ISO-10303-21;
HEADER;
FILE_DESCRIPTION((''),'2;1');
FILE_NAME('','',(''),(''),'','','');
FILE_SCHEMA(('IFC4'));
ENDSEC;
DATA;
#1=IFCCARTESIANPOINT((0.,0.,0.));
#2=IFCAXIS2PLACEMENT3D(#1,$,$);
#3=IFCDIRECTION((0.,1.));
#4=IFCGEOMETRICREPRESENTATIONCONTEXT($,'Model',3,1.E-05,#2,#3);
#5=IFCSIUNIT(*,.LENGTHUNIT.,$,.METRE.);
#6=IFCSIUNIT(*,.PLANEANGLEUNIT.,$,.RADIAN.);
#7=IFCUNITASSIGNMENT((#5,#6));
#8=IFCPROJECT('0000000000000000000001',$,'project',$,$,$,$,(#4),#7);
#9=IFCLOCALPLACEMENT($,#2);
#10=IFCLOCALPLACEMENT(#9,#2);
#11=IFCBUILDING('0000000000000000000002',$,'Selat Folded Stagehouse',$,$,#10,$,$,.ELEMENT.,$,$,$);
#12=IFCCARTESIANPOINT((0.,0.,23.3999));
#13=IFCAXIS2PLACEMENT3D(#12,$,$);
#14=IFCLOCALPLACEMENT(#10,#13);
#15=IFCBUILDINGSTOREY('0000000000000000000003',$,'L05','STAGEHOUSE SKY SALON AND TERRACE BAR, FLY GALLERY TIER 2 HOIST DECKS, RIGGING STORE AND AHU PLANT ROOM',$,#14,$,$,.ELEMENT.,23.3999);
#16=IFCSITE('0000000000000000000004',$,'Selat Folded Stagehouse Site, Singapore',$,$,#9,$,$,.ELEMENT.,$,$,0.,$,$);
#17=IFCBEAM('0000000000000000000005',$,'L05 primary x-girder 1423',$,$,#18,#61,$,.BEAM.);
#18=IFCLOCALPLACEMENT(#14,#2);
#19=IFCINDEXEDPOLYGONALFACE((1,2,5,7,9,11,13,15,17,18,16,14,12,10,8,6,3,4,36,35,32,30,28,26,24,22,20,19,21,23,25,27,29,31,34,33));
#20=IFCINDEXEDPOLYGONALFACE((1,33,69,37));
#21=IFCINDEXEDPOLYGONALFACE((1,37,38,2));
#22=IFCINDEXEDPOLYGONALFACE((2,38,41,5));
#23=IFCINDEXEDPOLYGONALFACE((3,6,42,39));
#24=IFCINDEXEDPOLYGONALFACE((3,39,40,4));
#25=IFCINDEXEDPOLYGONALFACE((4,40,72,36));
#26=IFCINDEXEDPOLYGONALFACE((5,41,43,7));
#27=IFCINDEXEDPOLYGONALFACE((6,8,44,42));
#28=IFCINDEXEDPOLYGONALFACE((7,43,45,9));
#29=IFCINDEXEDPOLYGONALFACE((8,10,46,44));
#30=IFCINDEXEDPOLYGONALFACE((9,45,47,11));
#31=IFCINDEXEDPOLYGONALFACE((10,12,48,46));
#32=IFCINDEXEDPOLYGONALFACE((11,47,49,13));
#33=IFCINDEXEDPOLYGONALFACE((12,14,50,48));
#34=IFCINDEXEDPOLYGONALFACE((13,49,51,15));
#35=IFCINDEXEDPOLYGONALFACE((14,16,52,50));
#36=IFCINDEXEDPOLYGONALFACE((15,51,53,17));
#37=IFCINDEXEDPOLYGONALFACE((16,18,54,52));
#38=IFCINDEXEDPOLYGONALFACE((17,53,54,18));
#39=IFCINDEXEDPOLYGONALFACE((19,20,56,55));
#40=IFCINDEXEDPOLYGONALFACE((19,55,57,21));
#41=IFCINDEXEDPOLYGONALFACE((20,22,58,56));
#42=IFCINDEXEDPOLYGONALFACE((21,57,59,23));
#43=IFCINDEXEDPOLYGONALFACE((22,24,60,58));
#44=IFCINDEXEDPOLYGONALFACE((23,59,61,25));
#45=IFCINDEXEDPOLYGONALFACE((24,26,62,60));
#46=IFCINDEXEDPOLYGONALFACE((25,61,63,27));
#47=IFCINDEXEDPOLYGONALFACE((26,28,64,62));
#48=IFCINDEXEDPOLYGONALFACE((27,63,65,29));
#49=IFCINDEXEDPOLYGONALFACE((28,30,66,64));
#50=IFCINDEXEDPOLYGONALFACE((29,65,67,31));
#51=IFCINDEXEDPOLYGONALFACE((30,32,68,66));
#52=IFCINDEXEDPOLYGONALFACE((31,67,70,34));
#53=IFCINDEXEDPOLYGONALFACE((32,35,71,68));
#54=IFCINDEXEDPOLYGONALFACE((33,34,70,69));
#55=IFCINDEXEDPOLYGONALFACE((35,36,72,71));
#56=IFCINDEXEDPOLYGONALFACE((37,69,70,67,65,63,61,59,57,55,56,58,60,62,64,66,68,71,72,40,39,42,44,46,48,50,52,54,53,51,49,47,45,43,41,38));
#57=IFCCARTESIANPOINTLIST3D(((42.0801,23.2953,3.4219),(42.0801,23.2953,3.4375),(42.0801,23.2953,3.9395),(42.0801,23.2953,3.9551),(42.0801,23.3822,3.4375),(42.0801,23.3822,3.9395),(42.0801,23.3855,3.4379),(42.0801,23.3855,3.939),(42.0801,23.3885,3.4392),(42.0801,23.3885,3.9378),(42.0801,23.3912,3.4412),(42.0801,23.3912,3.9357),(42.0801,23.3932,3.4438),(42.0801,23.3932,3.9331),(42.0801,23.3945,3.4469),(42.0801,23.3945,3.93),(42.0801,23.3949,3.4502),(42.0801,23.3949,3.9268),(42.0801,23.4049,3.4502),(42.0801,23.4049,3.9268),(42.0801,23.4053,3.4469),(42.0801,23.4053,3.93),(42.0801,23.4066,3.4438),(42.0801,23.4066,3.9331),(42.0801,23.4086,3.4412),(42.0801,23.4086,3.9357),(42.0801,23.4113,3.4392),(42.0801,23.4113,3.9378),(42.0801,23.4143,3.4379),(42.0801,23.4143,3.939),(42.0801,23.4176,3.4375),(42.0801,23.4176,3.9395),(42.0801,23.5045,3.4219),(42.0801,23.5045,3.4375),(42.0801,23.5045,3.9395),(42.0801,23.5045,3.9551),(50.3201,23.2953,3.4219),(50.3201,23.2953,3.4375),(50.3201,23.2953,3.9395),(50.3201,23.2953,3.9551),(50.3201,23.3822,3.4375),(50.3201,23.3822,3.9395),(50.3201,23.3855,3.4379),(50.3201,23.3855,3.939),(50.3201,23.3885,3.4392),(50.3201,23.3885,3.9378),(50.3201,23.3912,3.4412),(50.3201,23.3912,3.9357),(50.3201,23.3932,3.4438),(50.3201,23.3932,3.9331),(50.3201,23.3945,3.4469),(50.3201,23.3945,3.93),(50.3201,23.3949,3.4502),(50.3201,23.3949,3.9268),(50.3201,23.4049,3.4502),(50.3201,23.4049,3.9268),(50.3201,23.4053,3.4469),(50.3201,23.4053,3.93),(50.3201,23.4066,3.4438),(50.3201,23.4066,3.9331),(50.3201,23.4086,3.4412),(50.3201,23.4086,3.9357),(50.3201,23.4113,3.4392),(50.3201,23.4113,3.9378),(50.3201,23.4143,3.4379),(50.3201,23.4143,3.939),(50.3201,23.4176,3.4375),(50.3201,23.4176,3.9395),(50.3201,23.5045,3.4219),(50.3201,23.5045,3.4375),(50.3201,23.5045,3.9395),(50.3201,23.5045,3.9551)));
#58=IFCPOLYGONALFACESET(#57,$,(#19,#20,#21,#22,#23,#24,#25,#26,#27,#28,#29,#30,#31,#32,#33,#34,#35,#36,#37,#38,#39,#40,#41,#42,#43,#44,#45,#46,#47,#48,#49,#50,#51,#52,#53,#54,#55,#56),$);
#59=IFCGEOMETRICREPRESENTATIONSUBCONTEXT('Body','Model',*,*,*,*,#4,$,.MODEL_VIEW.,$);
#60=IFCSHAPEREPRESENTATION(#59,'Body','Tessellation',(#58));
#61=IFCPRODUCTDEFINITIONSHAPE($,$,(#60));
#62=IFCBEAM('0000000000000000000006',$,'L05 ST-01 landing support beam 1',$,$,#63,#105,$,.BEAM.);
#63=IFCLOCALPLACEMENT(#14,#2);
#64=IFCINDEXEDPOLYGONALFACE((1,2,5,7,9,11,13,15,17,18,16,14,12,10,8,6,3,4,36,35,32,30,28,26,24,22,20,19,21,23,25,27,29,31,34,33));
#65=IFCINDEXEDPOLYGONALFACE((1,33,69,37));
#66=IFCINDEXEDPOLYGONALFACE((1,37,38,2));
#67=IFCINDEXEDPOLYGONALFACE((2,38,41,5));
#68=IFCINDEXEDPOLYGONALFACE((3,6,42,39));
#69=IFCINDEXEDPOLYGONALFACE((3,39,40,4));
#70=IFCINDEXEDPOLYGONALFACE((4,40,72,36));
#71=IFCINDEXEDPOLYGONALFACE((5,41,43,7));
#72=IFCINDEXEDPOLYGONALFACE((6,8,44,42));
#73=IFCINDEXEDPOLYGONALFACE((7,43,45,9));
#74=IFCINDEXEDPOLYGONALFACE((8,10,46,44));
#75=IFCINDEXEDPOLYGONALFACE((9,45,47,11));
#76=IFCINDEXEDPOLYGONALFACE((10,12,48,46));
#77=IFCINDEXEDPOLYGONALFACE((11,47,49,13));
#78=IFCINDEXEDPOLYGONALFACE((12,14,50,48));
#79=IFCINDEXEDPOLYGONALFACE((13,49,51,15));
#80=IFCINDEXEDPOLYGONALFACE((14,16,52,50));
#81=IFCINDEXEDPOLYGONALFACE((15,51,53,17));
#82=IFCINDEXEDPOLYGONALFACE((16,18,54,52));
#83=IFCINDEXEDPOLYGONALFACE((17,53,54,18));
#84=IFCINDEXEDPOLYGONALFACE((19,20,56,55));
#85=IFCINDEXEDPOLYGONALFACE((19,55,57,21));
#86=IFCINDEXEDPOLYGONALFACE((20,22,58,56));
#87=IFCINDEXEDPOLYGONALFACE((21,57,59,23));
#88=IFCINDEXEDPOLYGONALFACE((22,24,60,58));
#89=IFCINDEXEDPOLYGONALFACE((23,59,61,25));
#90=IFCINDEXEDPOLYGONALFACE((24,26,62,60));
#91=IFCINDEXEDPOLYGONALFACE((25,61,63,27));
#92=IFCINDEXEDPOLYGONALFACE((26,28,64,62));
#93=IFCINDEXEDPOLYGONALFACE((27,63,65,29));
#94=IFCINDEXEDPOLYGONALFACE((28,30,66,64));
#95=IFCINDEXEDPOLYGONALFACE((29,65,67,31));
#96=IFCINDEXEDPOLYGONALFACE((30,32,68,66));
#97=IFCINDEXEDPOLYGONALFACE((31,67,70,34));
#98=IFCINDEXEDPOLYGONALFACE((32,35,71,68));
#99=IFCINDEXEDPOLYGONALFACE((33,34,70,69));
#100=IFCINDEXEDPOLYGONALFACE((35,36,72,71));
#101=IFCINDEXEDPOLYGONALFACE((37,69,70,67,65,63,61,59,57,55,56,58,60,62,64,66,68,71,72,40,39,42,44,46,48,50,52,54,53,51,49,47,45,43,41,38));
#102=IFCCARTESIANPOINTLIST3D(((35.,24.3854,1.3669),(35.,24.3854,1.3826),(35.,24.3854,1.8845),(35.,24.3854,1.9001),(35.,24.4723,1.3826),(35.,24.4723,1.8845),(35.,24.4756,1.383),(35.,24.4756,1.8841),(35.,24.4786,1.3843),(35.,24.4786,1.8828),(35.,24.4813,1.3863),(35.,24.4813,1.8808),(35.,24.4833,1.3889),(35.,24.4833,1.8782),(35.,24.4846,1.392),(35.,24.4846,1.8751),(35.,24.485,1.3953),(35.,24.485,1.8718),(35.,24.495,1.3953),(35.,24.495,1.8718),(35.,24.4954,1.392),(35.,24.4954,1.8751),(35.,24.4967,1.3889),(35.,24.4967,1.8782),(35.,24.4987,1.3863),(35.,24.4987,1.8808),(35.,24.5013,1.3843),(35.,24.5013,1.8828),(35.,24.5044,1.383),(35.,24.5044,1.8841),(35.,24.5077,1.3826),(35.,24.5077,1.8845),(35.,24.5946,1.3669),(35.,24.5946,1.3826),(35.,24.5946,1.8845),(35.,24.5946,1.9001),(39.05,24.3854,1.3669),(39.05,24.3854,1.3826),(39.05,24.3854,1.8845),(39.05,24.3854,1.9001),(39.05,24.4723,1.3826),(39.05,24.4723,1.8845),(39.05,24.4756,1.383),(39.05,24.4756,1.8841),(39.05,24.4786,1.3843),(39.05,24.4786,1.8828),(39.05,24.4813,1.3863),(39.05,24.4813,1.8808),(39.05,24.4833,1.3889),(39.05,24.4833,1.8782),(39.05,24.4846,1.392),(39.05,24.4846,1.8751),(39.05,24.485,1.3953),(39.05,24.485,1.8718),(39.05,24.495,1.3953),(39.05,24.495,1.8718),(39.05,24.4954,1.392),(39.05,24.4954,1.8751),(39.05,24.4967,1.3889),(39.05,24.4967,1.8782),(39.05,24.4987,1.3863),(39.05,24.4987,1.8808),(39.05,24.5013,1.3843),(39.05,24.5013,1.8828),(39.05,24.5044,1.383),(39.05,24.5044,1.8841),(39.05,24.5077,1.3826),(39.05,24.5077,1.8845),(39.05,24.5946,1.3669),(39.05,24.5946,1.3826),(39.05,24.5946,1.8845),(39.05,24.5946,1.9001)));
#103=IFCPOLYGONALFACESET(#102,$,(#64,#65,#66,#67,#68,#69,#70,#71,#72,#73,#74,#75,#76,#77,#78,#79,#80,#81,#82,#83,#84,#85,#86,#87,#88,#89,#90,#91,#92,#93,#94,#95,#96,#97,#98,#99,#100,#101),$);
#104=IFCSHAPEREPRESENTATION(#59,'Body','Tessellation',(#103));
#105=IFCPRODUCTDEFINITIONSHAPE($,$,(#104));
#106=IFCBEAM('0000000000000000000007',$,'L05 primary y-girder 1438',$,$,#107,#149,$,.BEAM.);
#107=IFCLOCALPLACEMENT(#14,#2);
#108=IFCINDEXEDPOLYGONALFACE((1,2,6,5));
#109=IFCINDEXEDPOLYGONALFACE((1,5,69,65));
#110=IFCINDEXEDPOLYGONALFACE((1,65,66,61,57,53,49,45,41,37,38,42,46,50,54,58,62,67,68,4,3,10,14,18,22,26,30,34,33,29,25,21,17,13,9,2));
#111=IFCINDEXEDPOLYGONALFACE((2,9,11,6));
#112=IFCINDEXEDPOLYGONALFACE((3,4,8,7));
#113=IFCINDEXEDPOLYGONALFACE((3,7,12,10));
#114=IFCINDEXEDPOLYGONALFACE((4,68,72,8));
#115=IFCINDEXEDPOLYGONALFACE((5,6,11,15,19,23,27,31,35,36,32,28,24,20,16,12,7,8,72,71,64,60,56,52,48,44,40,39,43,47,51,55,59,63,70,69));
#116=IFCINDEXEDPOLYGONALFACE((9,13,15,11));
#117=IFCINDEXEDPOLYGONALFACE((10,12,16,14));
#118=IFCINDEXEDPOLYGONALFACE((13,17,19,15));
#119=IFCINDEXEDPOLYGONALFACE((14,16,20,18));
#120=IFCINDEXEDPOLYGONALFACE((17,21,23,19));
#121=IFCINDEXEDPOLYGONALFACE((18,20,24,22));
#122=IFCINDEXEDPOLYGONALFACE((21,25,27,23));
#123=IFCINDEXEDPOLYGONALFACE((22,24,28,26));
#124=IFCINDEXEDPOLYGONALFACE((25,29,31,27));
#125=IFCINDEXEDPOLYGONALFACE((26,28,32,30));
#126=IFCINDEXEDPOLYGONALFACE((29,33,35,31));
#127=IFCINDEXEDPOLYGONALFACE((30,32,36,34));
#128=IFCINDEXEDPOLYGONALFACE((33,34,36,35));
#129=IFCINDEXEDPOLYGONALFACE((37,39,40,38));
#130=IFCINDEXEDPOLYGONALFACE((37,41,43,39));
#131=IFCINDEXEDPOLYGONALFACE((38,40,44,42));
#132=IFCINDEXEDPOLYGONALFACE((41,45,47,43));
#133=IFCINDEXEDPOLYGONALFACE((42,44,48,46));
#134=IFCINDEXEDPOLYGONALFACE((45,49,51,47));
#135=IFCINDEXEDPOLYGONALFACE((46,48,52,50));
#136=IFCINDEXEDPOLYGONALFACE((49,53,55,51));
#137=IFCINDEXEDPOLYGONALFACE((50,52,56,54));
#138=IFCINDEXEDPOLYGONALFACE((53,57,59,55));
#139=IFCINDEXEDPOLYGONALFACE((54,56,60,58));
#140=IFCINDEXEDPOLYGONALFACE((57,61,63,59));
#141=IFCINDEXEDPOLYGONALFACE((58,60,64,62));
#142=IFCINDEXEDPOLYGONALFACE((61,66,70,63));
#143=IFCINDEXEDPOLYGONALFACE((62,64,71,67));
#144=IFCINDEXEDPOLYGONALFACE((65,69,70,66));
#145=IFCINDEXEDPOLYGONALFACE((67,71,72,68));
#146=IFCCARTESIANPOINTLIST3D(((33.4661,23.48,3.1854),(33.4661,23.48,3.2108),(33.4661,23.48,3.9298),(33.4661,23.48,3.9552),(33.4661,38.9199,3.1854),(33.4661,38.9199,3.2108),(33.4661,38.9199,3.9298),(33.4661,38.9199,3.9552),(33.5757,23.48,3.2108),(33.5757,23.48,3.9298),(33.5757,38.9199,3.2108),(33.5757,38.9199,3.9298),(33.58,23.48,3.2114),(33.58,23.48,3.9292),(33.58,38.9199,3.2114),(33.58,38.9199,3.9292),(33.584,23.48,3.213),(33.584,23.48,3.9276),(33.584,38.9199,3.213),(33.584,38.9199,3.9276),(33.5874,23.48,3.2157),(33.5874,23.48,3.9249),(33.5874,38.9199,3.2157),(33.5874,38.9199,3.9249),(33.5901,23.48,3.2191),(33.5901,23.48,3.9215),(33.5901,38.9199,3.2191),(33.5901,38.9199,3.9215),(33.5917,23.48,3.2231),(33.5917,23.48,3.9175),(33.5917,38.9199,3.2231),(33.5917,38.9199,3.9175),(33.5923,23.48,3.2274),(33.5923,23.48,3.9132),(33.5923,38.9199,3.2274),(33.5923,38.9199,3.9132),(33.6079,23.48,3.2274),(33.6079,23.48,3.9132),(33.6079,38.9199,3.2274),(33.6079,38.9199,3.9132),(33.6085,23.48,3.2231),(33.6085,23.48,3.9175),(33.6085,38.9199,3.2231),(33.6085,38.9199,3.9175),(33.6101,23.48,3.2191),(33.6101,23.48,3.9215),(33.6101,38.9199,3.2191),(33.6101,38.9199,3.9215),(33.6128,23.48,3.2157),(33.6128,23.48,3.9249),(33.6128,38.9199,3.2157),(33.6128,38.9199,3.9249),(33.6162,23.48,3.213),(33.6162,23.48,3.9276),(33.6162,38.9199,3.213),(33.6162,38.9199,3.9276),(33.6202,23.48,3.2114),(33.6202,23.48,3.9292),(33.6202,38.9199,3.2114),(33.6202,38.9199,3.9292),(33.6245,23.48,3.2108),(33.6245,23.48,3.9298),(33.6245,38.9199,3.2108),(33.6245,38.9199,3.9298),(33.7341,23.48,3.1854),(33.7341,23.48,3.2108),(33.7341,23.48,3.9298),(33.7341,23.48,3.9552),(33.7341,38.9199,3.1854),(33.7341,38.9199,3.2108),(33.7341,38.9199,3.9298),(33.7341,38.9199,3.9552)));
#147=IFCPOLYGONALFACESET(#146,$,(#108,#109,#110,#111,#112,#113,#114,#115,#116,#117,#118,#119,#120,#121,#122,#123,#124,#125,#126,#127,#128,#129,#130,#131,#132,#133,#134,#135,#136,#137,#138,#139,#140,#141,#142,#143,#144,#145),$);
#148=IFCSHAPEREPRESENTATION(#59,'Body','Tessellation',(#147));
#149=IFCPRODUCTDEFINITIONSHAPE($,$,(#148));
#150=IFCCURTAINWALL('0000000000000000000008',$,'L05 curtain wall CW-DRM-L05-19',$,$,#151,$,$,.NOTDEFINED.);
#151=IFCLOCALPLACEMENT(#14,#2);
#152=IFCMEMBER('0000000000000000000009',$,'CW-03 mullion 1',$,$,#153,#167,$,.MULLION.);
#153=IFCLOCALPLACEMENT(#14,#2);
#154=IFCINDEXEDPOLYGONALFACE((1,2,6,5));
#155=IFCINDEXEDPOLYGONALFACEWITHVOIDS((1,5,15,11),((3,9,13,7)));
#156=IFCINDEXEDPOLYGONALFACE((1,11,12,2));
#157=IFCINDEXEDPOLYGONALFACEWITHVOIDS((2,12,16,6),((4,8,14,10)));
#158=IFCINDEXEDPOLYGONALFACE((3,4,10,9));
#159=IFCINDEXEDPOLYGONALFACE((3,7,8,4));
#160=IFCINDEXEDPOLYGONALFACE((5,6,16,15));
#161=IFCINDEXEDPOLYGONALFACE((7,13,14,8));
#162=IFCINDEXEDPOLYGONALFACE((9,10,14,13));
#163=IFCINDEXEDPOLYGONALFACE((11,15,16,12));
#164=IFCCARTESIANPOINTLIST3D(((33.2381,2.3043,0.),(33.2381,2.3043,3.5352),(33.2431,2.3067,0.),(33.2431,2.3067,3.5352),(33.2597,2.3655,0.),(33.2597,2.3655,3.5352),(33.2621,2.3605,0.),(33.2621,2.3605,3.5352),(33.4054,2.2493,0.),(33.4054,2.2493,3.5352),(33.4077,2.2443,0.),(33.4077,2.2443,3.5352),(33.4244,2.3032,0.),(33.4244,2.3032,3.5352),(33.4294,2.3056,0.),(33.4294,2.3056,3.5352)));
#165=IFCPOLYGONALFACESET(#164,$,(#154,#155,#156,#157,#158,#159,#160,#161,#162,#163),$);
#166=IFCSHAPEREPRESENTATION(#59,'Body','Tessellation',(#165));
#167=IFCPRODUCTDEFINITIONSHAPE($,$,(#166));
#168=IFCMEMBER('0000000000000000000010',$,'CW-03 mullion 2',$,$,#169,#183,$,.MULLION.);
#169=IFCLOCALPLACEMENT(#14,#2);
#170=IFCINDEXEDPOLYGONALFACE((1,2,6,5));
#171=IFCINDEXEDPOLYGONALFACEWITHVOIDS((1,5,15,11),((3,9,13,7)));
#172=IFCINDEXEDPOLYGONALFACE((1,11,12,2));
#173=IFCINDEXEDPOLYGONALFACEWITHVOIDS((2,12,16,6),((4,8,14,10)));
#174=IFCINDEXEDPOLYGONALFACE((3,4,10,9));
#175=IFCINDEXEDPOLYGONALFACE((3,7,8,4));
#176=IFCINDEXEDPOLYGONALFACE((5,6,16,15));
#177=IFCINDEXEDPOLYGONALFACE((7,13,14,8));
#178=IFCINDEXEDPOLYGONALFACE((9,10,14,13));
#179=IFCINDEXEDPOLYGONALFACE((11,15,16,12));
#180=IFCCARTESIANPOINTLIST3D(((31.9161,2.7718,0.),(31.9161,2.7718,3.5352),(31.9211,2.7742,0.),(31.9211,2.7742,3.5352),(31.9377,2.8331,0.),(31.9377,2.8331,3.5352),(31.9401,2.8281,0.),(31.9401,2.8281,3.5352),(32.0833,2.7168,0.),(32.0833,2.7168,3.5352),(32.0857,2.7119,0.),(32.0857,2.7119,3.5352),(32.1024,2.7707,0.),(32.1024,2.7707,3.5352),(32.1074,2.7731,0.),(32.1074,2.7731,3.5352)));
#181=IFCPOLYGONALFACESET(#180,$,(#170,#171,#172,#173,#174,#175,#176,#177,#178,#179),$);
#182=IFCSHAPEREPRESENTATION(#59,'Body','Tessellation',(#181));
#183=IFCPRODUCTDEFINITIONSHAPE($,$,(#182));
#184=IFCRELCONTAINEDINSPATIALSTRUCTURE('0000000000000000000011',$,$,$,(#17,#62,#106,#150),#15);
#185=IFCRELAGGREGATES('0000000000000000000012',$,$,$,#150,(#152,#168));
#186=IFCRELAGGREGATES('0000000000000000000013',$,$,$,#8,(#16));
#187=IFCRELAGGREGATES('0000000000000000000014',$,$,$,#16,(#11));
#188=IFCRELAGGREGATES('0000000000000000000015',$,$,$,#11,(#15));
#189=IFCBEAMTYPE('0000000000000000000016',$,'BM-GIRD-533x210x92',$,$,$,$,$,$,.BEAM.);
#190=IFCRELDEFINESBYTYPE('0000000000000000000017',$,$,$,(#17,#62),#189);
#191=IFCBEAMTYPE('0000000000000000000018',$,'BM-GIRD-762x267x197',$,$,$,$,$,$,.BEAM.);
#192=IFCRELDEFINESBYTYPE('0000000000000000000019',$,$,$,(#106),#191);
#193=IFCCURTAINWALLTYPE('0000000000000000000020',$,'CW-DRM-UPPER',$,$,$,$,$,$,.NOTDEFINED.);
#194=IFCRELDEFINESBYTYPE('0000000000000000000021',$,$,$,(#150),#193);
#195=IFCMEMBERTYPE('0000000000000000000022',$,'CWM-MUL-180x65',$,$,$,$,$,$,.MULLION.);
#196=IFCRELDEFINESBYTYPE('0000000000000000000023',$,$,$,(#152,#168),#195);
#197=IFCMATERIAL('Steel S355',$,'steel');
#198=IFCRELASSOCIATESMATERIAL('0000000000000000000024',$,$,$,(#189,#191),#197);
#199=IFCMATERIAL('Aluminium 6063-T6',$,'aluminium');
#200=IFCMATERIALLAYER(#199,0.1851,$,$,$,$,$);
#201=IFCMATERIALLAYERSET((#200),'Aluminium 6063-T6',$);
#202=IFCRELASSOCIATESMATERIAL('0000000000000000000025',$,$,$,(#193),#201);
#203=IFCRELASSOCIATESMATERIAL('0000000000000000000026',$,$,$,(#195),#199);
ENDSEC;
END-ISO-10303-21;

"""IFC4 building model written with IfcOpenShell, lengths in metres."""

from ifc_helpers import new_model, si_unit, direction, frame, origin, origin_2d, place, context, subcontext, project, spatial, hollow_rectangle, i_section, extrude, material, layer, layer_set, material_profile, profile_set, type_object, element, aggregate, save


model = new_model("IFC4")

# Units and contexts
model_context = context("Model", 3, precision=1e-05, world=origin(), true_north=direction((0.0, 1.0)))
body_context = subcontext(model_context, "Body", "Model", "MODEL_VIEW")
ifc_project = project(units=[si_unit("LENGTHUNIT", "METRE"), si_unit("PLANEANGLEUNIT", "RADIAN")], contexts=[model_context])

# Site, building, storey
site_placement = place(None, origin())
site = spatial("IfcSite", under=ifc_project, at=site_placement, Name="Selat Folded Stagehouse Site, Singapore", CompositionType="ELEMENT", RefElevation=0.0)
building_placement = place(site_placement, origin())
building = spatial("IfcBuilding", under=site, at=building_placement, Name="Selat Folded Stagehouse", CompositionType="ELEMENT")
storey_placement = place(building_placement, frame((0.0, 0.0, 23.3999)))
storey = spatial("IfcBuildingStorey", under=building, at=storey_placement, Name="L05", Description="STAGEHOUSE SKY SALON AND TERRACE BAR, FLY GALLERY TIER 2 HOIST DECKS, RIGGING STORE AND AHU PLANT ROOM", CompositionType="ELEMENT", Elevation=23.3999)

# Shared definitions
ifc_material_1 = material(Name="Steel S355", Category="steel")

# Beams
ifc_material_profile_1 = material_profile(ifc_material_1, i_section(OverallWidth=0.2092, OverallDepth=0.5332, WebThickness=0.01, FlangeThickness=0.0156, FilletRadius=0.0127, at=origin_2d()), Name="UKB 533x210x92")
ifc_profile_set_1 = profile_set([ifc_material_profile_1], Name="Steel S355")
beam_type_1 = type_object("IfcBeamType", Name="BM-GIRD-533x210x92", PredefinedType="BEAM", material=ifc_profile_set_1)
for number, where, z_axis, x_axis, name in (
    (1, (42.0801, 23.3999, 3.6885), (1.0, 0.0, 0.0), (0.0, 1.0, 0.0), "L05 primary x-girder 1423"),
):
    element("IfcBeam", number, at=place(storey_placement, frame(where, z_axis=z_axis, x_axis=x_axis)), inside=storey, type_object=beam_type_1, Name=name, PredefinedType="BEAM", context=body_context, shape_type="SweptSolid", body=[
        extrude(i_section(OverallWidth=0.2092, OverallDepth=0.5332, WebThickness=0.01, FlangeThickness=0.0156, FilletRadius=0.0127, at=origin_2d()), origin(), (0.0, 0.0, 1.0), 8.24),
    ])
beam_1_placement = place(storey_placement, frame((35.0, 24.49, 1.6335), z_axis=(1.0, 0.0, 0.0), x_axis=(0.0, 1.0, 0.0)))
element("IfcBeam", 2, at=beam_1_placement, inside=storey, type_object=beam_type_1, Name="L05 ST-01 landing support beam 1", PredefinedType="BEAM", context=body_context, shape_type="SweptSolid", body=[
    extrude(i_section(OverallWidth=0.2092, OverallDepth=0.5332, WebThickness=0.01, FlangeThickness=0.0156, FilletRadius=0.0127, at=origin_2d()), origin(), (0.0, 0.0, 1.0), 4.05),
])
ifc_material_profile_2 = material_profile(ifc_material_1, i_section(OverallWidth=0.2681, OverallDepth=0.7698, WebThickness=0.0156, FlangeThickness=0.0254, FilletRadius=0.0166, at=origin_2d()), Name="UKB 762x267x197")
ifc_profile_set_2 = profile_set([ifc_material_profile_2], Name="Steel S355")
beam_type_2 = type_object("IfcBeamType", Name="BM-GIRD-762x267x197", PredefinedType="BEAM", material=ifc_profile_set_2)
beam_2_placement = place(storey_placement, frame((33.6001, 23.48, 3.5703), z_axis=(0.0, 1.0, 0.0), x_axis=(-1.0, 0.0, 0.0)))
element("IfcBeam", 3, at=beam_2_placement, inside=storey, type_object=beam_type_2, Name="L05 primary y-girder 1438", PredefinedType="BEAM", context=body_context, shape_type="SweptSolid", body=[
    extrude(i_section(OverallWidth=0.2681, OverallDepth=0.7698, WebThickness=0.0156, FlangeThickness=0.0254, FilletRadius=0.0166, at=origin_2d()), origin(), (0.0, 0.0, 1.0), 15.4399),
])

# Curtain wall, members
ifc_material_2 = material(Name="Aluminium 6063-T6", Category="aluminium")
ifc_layer_1 = layer(ifc_material_2, 0.1851)
ifc_layer_set_1 = layer_set([ifc_layer_1], Name="Aluminium 6063-T6")
curtain_wall_type = type_object("IfcCurtainWallType", Name="CW-DRM-UPPER", PredefinedType="NOTDEFINED", material=ifc_layer_set_1)
curtain_wall_placement = place(storey_placement, origin())
curtain_wall = element("IfcCurtainWall", 4, at=curtain_wall_placement, inside=storey, type_object=curtain_wall_type, Name="L05 curtain wall CW-DRM-L05-19", PredefinedType="NOTDEFINED")
ifc_material_profile_3 = material_profile(ifc_material_2, hollow_rectangle(XDim=0.0649, YDim=0.1799, WallThickness=0.0039, at=origin_2d()), Name="ALU 180x65x4.0")
ifc_profile_set_3 = profile_set([ifc_material_profile_3], Name="Aluminium 6063-T6")
member_type_1 = type_object("IfcMemberType", Name="CWM-MUL-180x65", PredefinedType="MULLION", material=ifc_profile_set_3)
member_1_placement = place(storey_placement, frame((33.3337, 2.3049, 0.0), z_axis=(0.0, 0.0, 1.0), x_axis=(-0.333314, -0.942816, 0.0)))
member_1 = element("IfcMember", 5, at=member_1_placement, type_object=member_type_1, Name="CW-03 mullion 1", PredefinedType="MULLION", context=body_context, shape_type="SweptSolid", body=[
    extrude(hollow_rectangle(XDim=0.0649, YDim=0.1799, WallThickness=0.0039, at=origin_2d()), origin(), (0.0, 0.0, 1.0), 3.5352),
])
member_2_placement = place(storey_placement, frame((32.0117, 2.7725, 0.0), z_axis=(0.0, 0.0, 1.0), x_axis=(-0.333314, -0.942816, 0.0)))
member_2 = element("IfcMember", 6, at=member_2_placement, type_object=member_type_1, Name="CW-03 mullion 2", PredefinedType="MULLION", context=body_context, shape_type="SweptSolid", body=[
    extrude(hollow_rectangle(XDim=0.0649, YDim=0.1799, WallThickness=0.0039, at=origin_2d()), origin(), (0.0, 0.0, 1.0), 3.5352),
])

aggregate(curtain_wall, [member_1, member_2])

save(model, "model.ifc")
